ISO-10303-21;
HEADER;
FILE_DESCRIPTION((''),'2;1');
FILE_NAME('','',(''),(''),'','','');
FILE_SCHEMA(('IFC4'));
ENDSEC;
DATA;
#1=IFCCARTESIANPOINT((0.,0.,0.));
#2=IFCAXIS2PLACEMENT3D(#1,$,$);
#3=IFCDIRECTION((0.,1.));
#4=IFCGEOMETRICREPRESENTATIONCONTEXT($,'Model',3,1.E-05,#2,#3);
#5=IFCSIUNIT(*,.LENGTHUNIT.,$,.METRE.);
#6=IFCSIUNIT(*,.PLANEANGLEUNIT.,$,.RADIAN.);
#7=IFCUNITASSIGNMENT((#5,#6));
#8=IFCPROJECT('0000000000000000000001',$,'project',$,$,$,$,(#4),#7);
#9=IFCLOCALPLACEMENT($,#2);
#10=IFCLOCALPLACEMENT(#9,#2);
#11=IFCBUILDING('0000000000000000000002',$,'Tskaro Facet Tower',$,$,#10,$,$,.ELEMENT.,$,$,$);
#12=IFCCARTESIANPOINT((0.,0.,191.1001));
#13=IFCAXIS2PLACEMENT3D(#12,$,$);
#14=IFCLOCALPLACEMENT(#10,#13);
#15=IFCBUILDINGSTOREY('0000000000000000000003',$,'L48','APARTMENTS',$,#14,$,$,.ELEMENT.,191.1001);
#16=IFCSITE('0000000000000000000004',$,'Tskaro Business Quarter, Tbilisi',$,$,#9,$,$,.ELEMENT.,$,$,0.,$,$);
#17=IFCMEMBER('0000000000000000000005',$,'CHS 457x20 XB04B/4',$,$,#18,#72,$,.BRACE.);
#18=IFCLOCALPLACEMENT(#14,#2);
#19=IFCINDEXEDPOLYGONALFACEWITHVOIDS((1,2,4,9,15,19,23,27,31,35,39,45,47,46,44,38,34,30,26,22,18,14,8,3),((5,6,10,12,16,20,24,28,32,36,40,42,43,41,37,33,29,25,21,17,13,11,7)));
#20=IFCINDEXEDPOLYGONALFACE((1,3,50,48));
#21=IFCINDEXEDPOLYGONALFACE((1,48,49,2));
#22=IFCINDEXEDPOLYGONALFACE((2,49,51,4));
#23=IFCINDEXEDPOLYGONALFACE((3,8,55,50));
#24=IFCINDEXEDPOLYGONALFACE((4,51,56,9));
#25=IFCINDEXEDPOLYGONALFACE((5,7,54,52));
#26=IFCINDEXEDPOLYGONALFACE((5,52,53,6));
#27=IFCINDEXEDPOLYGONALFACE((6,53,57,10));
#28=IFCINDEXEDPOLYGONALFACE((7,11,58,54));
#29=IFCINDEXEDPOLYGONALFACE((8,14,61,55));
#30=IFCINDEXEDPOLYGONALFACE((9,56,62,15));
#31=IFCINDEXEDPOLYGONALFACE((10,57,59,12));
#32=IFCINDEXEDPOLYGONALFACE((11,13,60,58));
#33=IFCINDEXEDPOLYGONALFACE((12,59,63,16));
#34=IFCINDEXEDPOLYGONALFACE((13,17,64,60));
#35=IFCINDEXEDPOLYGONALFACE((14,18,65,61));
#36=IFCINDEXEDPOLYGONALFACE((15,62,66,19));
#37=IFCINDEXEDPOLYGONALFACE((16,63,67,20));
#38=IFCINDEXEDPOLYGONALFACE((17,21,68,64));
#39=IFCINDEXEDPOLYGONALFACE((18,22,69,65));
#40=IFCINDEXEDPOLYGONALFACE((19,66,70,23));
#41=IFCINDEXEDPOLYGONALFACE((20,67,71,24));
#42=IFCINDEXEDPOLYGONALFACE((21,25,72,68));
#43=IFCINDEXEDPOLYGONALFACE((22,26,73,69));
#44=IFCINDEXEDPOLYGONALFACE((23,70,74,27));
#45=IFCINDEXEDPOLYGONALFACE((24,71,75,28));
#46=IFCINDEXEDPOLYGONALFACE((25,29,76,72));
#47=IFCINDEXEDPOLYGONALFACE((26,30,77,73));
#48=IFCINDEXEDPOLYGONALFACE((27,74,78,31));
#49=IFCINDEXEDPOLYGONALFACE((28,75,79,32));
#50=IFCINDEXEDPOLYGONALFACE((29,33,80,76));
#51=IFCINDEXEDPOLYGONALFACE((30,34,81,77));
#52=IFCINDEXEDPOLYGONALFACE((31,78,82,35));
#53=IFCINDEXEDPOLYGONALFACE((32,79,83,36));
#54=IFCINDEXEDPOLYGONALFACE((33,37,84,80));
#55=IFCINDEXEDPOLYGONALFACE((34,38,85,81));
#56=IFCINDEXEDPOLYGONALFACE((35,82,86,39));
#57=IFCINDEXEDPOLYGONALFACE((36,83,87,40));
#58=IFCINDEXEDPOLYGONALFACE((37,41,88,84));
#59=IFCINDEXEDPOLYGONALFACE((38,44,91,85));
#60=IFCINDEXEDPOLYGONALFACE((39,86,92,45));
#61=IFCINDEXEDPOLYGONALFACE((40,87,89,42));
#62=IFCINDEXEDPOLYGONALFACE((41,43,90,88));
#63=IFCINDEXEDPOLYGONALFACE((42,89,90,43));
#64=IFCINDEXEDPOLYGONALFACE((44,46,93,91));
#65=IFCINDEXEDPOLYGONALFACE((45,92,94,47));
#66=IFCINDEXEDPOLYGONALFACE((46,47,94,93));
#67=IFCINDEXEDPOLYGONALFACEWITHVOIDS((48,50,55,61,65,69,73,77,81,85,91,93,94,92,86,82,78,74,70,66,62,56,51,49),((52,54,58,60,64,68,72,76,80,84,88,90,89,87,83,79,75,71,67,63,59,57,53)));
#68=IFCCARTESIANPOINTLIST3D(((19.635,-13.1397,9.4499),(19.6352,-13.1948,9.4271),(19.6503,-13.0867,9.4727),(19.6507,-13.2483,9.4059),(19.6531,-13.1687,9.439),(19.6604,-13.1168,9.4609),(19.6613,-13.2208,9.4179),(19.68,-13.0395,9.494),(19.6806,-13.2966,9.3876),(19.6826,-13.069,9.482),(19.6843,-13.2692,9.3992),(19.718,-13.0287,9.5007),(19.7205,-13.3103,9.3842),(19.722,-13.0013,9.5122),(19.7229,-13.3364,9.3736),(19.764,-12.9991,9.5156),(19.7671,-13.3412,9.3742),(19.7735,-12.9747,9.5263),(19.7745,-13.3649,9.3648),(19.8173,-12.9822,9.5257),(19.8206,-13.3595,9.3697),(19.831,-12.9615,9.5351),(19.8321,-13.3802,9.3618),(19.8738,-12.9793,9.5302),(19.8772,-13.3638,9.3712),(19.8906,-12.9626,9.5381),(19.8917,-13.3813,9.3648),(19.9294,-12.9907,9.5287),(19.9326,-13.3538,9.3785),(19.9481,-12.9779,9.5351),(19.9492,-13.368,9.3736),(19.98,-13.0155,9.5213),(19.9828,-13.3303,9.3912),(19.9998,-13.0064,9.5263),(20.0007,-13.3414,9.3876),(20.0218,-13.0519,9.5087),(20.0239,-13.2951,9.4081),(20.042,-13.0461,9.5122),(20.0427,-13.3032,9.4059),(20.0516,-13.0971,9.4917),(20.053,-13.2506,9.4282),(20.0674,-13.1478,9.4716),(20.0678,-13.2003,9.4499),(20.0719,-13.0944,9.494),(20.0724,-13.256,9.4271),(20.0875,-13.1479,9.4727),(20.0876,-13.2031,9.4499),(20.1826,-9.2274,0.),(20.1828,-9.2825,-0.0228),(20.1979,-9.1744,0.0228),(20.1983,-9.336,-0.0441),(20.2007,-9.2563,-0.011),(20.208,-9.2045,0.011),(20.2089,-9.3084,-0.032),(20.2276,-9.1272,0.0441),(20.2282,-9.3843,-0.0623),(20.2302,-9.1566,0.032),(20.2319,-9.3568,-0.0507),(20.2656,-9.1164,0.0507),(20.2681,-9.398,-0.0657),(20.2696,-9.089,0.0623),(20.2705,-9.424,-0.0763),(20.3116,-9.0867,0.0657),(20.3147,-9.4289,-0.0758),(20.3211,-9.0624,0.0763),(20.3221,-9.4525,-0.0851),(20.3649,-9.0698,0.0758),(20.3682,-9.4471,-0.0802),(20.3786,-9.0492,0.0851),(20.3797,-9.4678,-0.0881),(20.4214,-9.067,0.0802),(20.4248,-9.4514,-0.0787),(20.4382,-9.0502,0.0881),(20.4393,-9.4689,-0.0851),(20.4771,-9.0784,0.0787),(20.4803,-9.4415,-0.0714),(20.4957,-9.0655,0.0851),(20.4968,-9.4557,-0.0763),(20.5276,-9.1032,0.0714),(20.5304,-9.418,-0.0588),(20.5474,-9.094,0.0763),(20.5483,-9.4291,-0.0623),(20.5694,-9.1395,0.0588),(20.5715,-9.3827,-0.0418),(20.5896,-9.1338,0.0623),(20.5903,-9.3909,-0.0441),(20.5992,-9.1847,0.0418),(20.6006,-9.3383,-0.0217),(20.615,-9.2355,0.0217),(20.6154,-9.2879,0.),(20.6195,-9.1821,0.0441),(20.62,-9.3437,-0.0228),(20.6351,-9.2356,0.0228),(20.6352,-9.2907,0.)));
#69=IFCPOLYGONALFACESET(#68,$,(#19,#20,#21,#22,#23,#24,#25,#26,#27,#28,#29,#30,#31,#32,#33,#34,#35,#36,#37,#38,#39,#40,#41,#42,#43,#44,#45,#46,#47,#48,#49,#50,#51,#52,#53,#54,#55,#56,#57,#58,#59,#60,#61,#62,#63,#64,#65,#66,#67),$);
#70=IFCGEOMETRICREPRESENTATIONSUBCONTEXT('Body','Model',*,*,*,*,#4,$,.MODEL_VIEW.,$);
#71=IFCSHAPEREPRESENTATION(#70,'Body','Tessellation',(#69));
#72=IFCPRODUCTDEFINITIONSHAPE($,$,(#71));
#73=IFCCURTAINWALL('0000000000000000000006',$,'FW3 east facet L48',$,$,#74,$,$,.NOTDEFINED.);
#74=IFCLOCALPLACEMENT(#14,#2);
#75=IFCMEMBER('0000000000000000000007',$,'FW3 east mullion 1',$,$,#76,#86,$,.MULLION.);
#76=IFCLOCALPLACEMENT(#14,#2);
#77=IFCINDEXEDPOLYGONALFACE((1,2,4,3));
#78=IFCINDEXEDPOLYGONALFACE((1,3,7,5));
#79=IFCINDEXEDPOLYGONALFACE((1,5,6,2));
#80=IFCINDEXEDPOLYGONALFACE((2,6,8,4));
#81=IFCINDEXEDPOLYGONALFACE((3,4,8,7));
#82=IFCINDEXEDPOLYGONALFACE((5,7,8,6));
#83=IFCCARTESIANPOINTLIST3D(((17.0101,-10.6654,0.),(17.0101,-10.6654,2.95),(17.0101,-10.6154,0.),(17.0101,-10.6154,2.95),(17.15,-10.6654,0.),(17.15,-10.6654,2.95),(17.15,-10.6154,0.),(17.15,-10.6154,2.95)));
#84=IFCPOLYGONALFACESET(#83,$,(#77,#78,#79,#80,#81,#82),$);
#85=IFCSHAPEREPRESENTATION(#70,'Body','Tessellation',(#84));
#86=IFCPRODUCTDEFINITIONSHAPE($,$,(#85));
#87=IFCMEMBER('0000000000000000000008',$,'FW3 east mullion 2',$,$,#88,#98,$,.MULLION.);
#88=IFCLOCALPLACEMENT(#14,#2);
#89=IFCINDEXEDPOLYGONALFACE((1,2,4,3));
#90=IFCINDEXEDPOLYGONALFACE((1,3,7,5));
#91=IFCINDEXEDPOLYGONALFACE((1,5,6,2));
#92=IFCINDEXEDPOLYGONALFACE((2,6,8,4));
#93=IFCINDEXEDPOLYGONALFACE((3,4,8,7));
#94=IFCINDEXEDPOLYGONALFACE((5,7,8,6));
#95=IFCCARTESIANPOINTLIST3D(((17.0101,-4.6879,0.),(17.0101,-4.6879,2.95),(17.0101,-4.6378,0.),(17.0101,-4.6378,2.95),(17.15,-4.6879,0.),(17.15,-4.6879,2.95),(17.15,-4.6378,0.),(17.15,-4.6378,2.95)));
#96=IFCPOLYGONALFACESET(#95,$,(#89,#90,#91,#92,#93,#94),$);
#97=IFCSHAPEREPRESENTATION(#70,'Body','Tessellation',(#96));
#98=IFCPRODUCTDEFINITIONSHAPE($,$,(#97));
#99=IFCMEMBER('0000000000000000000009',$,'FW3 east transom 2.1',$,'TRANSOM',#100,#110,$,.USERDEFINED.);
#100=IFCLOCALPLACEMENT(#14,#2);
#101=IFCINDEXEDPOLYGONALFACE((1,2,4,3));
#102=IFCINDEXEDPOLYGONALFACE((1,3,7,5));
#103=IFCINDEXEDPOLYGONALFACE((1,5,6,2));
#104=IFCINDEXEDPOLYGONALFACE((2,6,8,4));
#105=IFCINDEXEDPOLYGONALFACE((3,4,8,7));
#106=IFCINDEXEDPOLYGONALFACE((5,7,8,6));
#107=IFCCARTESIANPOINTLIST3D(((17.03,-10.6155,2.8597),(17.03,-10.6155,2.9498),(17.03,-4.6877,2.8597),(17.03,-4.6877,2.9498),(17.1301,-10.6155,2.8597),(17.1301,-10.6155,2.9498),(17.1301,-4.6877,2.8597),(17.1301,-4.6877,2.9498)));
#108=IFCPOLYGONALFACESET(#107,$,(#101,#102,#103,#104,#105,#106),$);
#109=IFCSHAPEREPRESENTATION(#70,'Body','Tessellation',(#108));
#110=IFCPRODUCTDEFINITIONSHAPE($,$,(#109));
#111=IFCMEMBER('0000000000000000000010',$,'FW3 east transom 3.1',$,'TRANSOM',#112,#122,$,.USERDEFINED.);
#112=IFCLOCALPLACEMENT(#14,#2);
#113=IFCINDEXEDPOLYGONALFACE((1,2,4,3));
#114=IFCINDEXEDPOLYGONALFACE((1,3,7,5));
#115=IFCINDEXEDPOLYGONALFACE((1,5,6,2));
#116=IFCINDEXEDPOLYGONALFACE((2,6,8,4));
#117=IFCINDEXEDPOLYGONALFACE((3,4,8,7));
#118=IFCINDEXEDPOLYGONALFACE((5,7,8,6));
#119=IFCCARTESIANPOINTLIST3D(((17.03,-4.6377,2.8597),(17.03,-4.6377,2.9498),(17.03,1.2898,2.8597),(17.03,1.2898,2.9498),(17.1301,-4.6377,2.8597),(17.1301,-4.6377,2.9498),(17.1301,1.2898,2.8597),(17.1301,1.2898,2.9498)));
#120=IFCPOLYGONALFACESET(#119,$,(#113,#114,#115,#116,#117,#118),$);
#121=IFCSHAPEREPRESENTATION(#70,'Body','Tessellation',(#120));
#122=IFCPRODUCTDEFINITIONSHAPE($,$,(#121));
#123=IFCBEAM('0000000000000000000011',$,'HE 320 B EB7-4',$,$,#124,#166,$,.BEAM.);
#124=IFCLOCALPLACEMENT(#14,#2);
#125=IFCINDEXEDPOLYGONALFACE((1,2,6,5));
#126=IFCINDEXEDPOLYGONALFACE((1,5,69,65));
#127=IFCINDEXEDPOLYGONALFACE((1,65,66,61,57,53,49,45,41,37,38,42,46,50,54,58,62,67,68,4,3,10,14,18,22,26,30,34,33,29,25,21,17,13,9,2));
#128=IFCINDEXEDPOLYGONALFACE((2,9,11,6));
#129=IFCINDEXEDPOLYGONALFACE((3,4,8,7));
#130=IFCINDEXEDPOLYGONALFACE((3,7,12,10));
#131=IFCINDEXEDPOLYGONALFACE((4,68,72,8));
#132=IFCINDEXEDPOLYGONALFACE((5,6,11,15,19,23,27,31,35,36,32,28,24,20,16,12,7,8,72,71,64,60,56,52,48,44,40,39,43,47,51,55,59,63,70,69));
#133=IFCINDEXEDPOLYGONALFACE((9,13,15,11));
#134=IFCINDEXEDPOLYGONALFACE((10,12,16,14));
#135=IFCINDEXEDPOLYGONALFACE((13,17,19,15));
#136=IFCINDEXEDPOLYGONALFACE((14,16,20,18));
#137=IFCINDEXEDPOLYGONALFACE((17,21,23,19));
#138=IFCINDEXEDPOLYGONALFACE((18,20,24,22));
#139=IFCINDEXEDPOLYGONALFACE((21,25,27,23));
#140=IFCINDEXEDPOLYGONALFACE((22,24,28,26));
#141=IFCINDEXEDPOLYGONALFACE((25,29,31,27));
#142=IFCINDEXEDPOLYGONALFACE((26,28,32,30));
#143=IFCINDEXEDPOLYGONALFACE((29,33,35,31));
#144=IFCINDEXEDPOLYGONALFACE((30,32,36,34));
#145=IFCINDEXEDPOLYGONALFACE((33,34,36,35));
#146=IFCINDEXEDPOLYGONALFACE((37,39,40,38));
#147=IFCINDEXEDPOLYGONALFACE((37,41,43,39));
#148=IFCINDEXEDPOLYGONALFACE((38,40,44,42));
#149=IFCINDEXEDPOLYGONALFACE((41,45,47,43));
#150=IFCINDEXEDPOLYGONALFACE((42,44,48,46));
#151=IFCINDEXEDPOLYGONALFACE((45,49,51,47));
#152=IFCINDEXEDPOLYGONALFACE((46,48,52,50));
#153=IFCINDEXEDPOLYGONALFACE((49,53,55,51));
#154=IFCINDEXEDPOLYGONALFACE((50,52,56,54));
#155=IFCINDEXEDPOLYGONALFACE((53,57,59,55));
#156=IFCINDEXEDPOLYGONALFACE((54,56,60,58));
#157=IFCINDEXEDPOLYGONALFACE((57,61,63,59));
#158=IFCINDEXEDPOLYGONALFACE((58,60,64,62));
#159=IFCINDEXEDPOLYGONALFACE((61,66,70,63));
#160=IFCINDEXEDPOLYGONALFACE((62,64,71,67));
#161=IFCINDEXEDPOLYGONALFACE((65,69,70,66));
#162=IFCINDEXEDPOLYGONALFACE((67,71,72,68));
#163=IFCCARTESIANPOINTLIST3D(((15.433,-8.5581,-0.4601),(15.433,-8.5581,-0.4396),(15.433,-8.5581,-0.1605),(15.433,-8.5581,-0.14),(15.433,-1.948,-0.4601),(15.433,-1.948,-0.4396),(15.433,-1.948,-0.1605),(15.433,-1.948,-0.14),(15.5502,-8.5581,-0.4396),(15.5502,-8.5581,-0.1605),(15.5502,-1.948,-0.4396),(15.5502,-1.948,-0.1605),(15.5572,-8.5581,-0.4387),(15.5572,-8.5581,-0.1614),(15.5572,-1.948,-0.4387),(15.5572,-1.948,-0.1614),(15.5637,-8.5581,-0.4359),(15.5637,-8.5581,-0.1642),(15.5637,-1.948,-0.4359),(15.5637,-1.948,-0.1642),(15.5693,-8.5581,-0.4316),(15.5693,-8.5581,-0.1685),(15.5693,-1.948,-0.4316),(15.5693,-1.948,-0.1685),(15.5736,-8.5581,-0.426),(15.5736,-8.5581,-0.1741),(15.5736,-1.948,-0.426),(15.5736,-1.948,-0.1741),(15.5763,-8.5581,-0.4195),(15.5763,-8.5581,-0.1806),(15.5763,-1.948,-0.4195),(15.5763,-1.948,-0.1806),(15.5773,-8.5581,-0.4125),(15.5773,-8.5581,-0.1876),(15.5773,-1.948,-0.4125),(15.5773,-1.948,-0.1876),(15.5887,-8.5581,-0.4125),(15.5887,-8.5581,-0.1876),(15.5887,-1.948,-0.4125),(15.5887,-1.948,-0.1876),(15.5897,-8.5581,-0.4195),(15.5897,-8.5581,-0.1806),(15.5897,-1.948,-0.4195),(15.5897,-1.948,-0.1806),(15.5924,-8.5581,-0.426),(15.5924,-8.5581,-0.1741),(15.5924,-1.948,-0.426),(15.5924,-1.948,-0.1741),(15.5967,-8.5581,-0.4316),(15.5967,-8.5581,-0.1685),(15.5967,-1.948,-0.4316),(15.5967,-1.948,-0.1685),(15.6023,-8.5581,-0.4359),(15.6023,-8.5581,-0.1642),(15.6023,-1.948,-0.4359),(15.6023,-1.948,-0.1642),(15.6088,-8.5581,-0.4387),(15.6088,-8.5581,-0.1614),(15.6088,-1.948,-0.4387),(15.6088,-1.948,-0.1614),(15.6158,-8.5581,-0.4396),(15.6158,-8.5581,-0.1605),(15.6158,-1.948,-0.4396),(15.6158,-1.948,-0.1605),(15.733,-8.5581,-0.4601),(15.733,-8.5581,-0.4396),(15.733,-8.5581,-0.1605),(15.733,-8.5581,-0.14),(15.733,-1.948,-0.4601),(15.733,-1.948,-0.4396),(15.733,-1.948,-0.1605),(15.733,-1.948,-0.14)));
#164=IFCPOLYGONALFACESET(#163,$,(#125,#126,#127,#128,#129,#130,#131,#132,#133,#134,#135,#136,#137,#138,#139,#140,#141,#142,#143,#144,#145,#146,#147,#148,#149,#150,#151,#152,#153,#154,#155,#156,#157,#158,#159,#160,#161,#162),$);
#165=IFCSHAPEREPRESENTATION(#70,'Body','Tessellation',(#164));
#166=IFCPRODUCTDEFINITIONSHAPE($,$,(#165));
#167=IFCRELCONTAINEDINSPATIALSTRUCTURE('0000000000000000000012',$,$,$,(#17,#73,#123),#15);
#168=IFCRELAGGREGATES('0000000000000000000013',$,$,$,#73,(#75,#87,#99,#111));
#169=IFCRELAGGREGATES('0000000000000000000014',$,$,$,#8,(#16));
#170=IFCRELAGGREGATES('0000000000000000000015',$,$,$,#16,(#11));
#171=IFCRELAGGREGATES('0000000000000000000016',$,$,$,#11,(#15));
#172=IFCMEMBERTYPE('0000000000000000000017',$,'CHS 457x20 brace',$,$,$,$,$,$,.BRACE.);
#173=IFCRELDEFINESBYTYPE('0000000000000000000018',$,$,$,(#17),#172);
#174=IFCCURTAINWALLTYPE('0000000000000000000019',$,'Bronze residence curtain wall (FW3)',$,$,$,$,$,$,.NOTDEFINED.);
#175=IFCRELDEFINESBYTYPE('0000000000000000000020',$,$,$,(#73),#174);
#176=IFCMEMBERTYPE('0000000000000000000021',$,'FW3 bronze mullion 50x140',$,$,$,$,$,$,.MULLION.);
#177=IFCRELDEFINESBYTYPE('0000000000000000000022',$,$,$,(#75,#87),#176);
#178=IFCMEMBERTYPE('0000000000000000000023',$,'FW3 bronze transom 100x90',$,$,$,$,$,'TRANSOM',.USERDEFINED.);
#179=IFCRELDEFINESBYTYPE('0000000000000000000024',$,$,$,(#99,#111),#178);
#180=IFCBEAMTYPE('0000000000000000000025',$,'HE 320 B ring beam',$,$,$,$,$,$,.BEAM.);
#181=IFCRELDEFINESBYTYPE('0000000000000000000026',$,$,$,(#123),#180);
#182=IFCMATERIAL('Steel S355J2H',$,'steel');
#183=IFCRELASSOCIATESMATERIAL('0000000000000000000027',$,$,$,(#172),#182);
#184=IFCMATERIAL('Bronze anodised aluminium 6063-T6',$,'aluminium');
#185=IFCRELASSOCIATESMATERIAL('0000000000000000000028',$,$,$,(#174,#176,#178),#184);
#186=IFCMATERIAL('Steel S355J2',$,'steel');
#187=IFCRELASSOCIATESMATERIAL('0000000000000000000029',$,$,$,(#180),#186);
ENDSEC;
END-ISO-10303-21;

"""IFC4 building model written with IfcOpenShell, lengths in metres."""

from ifc_helpers import new_model, si_unit, direction, frame, origin, origin_2d, place, context, subcontext, project, spatial, rectangle, hollow_circle, i_section, extrude, material, material_profile, profile_set, type_object, element, aggregate, save


model = new_model("IFC4")

# Units and contexts
model_context = context("Model", 3, precision=1e-05, world=origin(), true_north=direction((0.0, 1.0)))
body_context = subcontext(model_context, "Body", "Model", "MODEL_VIEW")
ifc_project = project(units=[si_unit("LENGTHUNIT", "METRE"), si_unit("PLANEANGLEUNIT", "RADIAN")], contexts=[model_context])

# Site, building, storey
site_placement = place(None, origin())
site = spatial("IfcSite", under=ifc_project, at=site_placement, Name="Tskaro Business Quarter, Tbilisi", CompositionType="ELEMENT", RefElevation=0.0)
building_placement = place(site_placement, origin())
building = spatial("IfcBuilding", under=site, at=building_placement, Name="Tskaro Facet Tower", CompositionType="ELEMENT")
storey_placement = place(building_placement, frame((0.0, 0.0, 191.1001)))
storey = spatial("IfcBuildingStorey", under=building, at=storey_placement, Name="L48", Description="APARTMENTS", CompositionType="ELEMENT", Elevation=191.1001)

# Shared definitions
ifc_material_1 = material(Name="Steel S355J2H", Category="steel")

# Member
ifc_material_profile_1 = material_profile(ifc_material_1, hollow_circle(Radius=0.2285, WallThickness=0.02, at=origin_2d()), Name="CHS 457x20")
ifc_profile_set_1 = profile_set([ifc_material_profile_1], Name="Steel S355J2H")
member_type_1 = type_object("IfcMemberType", Name="CHS 457x20 brace", PredefinedType="BRACE", material=ifc_profile_set_1)
member_1_placement = place(storey_placement, frame((20.4089, -9.259, 0.0), z_axis=(-0.053464, -0.381974, 0.922625), x_axis=(0.990346, -0.138618, 0.0)))
element("IfcMember", 1, at=member_1_placement, inside=storey, type_object=member_type_1, Name="CHS 457x20 XB04B/4", PredefinedType="BRACE", context=body_context, shape_type="SweptSolid", body=[
    extrude(hollow_circle(Radius=0.2285, WallThickness=0.02, at=origin_2d()), origin(), (0.0, 0.0, 1.0), 10.2424),
])

# Curtain wall, members
ifc_material_2 = material(Name="Bronze anodised aluminium 6063-T6", Category="aluminium")
curtain_wall_type = type_object("IfcCurtainWallType", Name="Bronze residence curtain wall (FW3)", PredefinedType="NOTDEFINED", material=ifc_material_2)
curtain_wall_placement = place(storey_placement, origin())
curtain_wall = element("IfcCurtainWall", 2, at=curtain_wall_placement, inside=storey, type_object=curtain_wall_type, Name="FW3 east facet L48", PredefinedType="NOTDEFINED")
ifc_material_profile_2 = material_profile(ifc_material_2, rectangle(XDim=0.05, YDim=0.1399, at=origin_2d()), Name="Mullion 50x140")
ifc_profile_set_2 = profile_set([ifc_material_profile_2], Name="Bronze anodised aluminium 6063-T6")
member_type_2 = type_object("IfcMemberType", Name="FW3 bronze mullion 50x140", PredefinedType="MULLION", material=ifc_profile_set_2)
member_2_placement = place(storey_placement, frame((17.0801, -10.6404, 0.0), z_axis=(0.0, 0.0, 1.0), x_axis=(0.0, 1.0, 0.0)))
member_2 = element("IfcMember", 3, at=member_2_placement, type_object=member_type_2, Name="FW3 east mullion 1", PredefinedType="MULLION", context=body_context, shape_type="SweptSolid", body=[
    extrude(rectangle(XDim=0.05, YDim=0.1399, at=origin_2d()), origin(), (0.0, 0.0, 1.0), 2.95),
])
member_3_placement = place(storey_placement, frame((17.0801, -4.6628, 0.0), z_axis=(0.0, 0.0, 1.0), x_axis=(0.0, 1.0, 0.0)))
member_3 = element("IfcMember", 4, at=member_3_placement, type_object=member_type_2, Name="FW3 east mullion 2", PredefinedType="MULLION", context=body_context, shape_type="SweptSolid", body=[
    extrude(rectangle(XDim=0.05, YDim=0.1399, at=origin_2d()), origin(), (0.0, 0.0, 1.0), 2.95),
])
ifc_material_profile_3 = material_profile(ifc_material_2, rectangle(XDim=0.1001, YDim=0.0901, at=origin_2d()), Name="Transom 100x90")
ifc_profile_set_3 = profile_set([ifc_material_profile_3], Name="Bronze anodised aluminium 6063-T6")
member_type_3 = type_object("IfcMemberType", Name="FW3 bronze transom 100x90", ElementType="TRANSOM", PredefinedType="USERDEFINED", material=ifc_profile_set_3)
member_4_placement = place(storey_placement, frame((17.0801, -10.6155, 2.9048), z_axis=(0.0, 1.0, 0.0), x_axis=(-1.0, 0.0, 0.0)))
member_4 = element("IfcMember", 5, at=member_4_placement, type_object=member_type_3, Name="FW3 east transom 2.1", ObjectType="TRANSOM", PredefinedType="USERDEFINED", context=body_context, shape_type="SweptSolid", body=[
    extrude(rectangle(XDim=0.1001, YDim=0.0901, at=origin_2d()), origin(), (0.0, 0.0, 1.0), 5.9277),
])
member_5_placement = place(storey_placement, frame((17.0801, -4.6377, 2.9048), z_axis=(0.0, 1.0, 0.0), x_axis=(-1.0, 0.0, 0.0)))
member_5 = element("IfcMember", 6, at=member_5_placement, type_object=member_type_3, Name="FW3 east transom 3.1", ObjectType="TRANSOM", PredefinedType="USERDEFINED", context=body_context, shape_type="SweptSolid", body=[
    extrude(rectangle(XDim=0.1001, YDim=0.0901, at=origin_2d()), origin(), (0.0, 0.0, 1.0), 5.9275),
])

# Beam
ifc_material_3 = material(Name="Steel S355J2", Category="steel")
ifc_material_profile_4 = material_profile(ifc_material_3, i_section(OverallWidth=0.3, OverallDepth=0.3201, WebThickness=0.0115, FlangeThickness=0.0205, FilletRadius=0.0271, at=origin_2d()), Name="HE 320 B")
ifc_profile_set_4 = profile_set([ifc_material_profile_4], Name="Steel S355J2")
beam_type_1 = type_object("IfcBeamType", Name="HE 320 B ring beam", PredefinedType="BEAM", material=ifc_profile_set_4)
beam_1_placement = place(storey_placement, frame((15.583, -8.5581, -0.3), z_axis=(0.0, 1.0, 0.0), x_axis=(-1.0, 0.0, 0.0)))
element("IfcBeam", 7, at=beam_1_placement, inside=storey, type_object=beam_type_1, Name="HE 320 B EB7-4", PredefinedType="BEAM", context=body_context, shape_type="SweptSolid", body=[
    extrude(i_section(OverallWidth=0.3, OverallDepth=0.3201, WebThickness=0.0115, FlangeThickness=0.0205, FilletRadius=0.0271, at=origin_2d()), origin(), (0.0, 0.0, 1.0), 6.6101),
])

aggregate(curtain_wall, [member_2, member_3, member_4, member_5])

save(model, "model.ifc")
